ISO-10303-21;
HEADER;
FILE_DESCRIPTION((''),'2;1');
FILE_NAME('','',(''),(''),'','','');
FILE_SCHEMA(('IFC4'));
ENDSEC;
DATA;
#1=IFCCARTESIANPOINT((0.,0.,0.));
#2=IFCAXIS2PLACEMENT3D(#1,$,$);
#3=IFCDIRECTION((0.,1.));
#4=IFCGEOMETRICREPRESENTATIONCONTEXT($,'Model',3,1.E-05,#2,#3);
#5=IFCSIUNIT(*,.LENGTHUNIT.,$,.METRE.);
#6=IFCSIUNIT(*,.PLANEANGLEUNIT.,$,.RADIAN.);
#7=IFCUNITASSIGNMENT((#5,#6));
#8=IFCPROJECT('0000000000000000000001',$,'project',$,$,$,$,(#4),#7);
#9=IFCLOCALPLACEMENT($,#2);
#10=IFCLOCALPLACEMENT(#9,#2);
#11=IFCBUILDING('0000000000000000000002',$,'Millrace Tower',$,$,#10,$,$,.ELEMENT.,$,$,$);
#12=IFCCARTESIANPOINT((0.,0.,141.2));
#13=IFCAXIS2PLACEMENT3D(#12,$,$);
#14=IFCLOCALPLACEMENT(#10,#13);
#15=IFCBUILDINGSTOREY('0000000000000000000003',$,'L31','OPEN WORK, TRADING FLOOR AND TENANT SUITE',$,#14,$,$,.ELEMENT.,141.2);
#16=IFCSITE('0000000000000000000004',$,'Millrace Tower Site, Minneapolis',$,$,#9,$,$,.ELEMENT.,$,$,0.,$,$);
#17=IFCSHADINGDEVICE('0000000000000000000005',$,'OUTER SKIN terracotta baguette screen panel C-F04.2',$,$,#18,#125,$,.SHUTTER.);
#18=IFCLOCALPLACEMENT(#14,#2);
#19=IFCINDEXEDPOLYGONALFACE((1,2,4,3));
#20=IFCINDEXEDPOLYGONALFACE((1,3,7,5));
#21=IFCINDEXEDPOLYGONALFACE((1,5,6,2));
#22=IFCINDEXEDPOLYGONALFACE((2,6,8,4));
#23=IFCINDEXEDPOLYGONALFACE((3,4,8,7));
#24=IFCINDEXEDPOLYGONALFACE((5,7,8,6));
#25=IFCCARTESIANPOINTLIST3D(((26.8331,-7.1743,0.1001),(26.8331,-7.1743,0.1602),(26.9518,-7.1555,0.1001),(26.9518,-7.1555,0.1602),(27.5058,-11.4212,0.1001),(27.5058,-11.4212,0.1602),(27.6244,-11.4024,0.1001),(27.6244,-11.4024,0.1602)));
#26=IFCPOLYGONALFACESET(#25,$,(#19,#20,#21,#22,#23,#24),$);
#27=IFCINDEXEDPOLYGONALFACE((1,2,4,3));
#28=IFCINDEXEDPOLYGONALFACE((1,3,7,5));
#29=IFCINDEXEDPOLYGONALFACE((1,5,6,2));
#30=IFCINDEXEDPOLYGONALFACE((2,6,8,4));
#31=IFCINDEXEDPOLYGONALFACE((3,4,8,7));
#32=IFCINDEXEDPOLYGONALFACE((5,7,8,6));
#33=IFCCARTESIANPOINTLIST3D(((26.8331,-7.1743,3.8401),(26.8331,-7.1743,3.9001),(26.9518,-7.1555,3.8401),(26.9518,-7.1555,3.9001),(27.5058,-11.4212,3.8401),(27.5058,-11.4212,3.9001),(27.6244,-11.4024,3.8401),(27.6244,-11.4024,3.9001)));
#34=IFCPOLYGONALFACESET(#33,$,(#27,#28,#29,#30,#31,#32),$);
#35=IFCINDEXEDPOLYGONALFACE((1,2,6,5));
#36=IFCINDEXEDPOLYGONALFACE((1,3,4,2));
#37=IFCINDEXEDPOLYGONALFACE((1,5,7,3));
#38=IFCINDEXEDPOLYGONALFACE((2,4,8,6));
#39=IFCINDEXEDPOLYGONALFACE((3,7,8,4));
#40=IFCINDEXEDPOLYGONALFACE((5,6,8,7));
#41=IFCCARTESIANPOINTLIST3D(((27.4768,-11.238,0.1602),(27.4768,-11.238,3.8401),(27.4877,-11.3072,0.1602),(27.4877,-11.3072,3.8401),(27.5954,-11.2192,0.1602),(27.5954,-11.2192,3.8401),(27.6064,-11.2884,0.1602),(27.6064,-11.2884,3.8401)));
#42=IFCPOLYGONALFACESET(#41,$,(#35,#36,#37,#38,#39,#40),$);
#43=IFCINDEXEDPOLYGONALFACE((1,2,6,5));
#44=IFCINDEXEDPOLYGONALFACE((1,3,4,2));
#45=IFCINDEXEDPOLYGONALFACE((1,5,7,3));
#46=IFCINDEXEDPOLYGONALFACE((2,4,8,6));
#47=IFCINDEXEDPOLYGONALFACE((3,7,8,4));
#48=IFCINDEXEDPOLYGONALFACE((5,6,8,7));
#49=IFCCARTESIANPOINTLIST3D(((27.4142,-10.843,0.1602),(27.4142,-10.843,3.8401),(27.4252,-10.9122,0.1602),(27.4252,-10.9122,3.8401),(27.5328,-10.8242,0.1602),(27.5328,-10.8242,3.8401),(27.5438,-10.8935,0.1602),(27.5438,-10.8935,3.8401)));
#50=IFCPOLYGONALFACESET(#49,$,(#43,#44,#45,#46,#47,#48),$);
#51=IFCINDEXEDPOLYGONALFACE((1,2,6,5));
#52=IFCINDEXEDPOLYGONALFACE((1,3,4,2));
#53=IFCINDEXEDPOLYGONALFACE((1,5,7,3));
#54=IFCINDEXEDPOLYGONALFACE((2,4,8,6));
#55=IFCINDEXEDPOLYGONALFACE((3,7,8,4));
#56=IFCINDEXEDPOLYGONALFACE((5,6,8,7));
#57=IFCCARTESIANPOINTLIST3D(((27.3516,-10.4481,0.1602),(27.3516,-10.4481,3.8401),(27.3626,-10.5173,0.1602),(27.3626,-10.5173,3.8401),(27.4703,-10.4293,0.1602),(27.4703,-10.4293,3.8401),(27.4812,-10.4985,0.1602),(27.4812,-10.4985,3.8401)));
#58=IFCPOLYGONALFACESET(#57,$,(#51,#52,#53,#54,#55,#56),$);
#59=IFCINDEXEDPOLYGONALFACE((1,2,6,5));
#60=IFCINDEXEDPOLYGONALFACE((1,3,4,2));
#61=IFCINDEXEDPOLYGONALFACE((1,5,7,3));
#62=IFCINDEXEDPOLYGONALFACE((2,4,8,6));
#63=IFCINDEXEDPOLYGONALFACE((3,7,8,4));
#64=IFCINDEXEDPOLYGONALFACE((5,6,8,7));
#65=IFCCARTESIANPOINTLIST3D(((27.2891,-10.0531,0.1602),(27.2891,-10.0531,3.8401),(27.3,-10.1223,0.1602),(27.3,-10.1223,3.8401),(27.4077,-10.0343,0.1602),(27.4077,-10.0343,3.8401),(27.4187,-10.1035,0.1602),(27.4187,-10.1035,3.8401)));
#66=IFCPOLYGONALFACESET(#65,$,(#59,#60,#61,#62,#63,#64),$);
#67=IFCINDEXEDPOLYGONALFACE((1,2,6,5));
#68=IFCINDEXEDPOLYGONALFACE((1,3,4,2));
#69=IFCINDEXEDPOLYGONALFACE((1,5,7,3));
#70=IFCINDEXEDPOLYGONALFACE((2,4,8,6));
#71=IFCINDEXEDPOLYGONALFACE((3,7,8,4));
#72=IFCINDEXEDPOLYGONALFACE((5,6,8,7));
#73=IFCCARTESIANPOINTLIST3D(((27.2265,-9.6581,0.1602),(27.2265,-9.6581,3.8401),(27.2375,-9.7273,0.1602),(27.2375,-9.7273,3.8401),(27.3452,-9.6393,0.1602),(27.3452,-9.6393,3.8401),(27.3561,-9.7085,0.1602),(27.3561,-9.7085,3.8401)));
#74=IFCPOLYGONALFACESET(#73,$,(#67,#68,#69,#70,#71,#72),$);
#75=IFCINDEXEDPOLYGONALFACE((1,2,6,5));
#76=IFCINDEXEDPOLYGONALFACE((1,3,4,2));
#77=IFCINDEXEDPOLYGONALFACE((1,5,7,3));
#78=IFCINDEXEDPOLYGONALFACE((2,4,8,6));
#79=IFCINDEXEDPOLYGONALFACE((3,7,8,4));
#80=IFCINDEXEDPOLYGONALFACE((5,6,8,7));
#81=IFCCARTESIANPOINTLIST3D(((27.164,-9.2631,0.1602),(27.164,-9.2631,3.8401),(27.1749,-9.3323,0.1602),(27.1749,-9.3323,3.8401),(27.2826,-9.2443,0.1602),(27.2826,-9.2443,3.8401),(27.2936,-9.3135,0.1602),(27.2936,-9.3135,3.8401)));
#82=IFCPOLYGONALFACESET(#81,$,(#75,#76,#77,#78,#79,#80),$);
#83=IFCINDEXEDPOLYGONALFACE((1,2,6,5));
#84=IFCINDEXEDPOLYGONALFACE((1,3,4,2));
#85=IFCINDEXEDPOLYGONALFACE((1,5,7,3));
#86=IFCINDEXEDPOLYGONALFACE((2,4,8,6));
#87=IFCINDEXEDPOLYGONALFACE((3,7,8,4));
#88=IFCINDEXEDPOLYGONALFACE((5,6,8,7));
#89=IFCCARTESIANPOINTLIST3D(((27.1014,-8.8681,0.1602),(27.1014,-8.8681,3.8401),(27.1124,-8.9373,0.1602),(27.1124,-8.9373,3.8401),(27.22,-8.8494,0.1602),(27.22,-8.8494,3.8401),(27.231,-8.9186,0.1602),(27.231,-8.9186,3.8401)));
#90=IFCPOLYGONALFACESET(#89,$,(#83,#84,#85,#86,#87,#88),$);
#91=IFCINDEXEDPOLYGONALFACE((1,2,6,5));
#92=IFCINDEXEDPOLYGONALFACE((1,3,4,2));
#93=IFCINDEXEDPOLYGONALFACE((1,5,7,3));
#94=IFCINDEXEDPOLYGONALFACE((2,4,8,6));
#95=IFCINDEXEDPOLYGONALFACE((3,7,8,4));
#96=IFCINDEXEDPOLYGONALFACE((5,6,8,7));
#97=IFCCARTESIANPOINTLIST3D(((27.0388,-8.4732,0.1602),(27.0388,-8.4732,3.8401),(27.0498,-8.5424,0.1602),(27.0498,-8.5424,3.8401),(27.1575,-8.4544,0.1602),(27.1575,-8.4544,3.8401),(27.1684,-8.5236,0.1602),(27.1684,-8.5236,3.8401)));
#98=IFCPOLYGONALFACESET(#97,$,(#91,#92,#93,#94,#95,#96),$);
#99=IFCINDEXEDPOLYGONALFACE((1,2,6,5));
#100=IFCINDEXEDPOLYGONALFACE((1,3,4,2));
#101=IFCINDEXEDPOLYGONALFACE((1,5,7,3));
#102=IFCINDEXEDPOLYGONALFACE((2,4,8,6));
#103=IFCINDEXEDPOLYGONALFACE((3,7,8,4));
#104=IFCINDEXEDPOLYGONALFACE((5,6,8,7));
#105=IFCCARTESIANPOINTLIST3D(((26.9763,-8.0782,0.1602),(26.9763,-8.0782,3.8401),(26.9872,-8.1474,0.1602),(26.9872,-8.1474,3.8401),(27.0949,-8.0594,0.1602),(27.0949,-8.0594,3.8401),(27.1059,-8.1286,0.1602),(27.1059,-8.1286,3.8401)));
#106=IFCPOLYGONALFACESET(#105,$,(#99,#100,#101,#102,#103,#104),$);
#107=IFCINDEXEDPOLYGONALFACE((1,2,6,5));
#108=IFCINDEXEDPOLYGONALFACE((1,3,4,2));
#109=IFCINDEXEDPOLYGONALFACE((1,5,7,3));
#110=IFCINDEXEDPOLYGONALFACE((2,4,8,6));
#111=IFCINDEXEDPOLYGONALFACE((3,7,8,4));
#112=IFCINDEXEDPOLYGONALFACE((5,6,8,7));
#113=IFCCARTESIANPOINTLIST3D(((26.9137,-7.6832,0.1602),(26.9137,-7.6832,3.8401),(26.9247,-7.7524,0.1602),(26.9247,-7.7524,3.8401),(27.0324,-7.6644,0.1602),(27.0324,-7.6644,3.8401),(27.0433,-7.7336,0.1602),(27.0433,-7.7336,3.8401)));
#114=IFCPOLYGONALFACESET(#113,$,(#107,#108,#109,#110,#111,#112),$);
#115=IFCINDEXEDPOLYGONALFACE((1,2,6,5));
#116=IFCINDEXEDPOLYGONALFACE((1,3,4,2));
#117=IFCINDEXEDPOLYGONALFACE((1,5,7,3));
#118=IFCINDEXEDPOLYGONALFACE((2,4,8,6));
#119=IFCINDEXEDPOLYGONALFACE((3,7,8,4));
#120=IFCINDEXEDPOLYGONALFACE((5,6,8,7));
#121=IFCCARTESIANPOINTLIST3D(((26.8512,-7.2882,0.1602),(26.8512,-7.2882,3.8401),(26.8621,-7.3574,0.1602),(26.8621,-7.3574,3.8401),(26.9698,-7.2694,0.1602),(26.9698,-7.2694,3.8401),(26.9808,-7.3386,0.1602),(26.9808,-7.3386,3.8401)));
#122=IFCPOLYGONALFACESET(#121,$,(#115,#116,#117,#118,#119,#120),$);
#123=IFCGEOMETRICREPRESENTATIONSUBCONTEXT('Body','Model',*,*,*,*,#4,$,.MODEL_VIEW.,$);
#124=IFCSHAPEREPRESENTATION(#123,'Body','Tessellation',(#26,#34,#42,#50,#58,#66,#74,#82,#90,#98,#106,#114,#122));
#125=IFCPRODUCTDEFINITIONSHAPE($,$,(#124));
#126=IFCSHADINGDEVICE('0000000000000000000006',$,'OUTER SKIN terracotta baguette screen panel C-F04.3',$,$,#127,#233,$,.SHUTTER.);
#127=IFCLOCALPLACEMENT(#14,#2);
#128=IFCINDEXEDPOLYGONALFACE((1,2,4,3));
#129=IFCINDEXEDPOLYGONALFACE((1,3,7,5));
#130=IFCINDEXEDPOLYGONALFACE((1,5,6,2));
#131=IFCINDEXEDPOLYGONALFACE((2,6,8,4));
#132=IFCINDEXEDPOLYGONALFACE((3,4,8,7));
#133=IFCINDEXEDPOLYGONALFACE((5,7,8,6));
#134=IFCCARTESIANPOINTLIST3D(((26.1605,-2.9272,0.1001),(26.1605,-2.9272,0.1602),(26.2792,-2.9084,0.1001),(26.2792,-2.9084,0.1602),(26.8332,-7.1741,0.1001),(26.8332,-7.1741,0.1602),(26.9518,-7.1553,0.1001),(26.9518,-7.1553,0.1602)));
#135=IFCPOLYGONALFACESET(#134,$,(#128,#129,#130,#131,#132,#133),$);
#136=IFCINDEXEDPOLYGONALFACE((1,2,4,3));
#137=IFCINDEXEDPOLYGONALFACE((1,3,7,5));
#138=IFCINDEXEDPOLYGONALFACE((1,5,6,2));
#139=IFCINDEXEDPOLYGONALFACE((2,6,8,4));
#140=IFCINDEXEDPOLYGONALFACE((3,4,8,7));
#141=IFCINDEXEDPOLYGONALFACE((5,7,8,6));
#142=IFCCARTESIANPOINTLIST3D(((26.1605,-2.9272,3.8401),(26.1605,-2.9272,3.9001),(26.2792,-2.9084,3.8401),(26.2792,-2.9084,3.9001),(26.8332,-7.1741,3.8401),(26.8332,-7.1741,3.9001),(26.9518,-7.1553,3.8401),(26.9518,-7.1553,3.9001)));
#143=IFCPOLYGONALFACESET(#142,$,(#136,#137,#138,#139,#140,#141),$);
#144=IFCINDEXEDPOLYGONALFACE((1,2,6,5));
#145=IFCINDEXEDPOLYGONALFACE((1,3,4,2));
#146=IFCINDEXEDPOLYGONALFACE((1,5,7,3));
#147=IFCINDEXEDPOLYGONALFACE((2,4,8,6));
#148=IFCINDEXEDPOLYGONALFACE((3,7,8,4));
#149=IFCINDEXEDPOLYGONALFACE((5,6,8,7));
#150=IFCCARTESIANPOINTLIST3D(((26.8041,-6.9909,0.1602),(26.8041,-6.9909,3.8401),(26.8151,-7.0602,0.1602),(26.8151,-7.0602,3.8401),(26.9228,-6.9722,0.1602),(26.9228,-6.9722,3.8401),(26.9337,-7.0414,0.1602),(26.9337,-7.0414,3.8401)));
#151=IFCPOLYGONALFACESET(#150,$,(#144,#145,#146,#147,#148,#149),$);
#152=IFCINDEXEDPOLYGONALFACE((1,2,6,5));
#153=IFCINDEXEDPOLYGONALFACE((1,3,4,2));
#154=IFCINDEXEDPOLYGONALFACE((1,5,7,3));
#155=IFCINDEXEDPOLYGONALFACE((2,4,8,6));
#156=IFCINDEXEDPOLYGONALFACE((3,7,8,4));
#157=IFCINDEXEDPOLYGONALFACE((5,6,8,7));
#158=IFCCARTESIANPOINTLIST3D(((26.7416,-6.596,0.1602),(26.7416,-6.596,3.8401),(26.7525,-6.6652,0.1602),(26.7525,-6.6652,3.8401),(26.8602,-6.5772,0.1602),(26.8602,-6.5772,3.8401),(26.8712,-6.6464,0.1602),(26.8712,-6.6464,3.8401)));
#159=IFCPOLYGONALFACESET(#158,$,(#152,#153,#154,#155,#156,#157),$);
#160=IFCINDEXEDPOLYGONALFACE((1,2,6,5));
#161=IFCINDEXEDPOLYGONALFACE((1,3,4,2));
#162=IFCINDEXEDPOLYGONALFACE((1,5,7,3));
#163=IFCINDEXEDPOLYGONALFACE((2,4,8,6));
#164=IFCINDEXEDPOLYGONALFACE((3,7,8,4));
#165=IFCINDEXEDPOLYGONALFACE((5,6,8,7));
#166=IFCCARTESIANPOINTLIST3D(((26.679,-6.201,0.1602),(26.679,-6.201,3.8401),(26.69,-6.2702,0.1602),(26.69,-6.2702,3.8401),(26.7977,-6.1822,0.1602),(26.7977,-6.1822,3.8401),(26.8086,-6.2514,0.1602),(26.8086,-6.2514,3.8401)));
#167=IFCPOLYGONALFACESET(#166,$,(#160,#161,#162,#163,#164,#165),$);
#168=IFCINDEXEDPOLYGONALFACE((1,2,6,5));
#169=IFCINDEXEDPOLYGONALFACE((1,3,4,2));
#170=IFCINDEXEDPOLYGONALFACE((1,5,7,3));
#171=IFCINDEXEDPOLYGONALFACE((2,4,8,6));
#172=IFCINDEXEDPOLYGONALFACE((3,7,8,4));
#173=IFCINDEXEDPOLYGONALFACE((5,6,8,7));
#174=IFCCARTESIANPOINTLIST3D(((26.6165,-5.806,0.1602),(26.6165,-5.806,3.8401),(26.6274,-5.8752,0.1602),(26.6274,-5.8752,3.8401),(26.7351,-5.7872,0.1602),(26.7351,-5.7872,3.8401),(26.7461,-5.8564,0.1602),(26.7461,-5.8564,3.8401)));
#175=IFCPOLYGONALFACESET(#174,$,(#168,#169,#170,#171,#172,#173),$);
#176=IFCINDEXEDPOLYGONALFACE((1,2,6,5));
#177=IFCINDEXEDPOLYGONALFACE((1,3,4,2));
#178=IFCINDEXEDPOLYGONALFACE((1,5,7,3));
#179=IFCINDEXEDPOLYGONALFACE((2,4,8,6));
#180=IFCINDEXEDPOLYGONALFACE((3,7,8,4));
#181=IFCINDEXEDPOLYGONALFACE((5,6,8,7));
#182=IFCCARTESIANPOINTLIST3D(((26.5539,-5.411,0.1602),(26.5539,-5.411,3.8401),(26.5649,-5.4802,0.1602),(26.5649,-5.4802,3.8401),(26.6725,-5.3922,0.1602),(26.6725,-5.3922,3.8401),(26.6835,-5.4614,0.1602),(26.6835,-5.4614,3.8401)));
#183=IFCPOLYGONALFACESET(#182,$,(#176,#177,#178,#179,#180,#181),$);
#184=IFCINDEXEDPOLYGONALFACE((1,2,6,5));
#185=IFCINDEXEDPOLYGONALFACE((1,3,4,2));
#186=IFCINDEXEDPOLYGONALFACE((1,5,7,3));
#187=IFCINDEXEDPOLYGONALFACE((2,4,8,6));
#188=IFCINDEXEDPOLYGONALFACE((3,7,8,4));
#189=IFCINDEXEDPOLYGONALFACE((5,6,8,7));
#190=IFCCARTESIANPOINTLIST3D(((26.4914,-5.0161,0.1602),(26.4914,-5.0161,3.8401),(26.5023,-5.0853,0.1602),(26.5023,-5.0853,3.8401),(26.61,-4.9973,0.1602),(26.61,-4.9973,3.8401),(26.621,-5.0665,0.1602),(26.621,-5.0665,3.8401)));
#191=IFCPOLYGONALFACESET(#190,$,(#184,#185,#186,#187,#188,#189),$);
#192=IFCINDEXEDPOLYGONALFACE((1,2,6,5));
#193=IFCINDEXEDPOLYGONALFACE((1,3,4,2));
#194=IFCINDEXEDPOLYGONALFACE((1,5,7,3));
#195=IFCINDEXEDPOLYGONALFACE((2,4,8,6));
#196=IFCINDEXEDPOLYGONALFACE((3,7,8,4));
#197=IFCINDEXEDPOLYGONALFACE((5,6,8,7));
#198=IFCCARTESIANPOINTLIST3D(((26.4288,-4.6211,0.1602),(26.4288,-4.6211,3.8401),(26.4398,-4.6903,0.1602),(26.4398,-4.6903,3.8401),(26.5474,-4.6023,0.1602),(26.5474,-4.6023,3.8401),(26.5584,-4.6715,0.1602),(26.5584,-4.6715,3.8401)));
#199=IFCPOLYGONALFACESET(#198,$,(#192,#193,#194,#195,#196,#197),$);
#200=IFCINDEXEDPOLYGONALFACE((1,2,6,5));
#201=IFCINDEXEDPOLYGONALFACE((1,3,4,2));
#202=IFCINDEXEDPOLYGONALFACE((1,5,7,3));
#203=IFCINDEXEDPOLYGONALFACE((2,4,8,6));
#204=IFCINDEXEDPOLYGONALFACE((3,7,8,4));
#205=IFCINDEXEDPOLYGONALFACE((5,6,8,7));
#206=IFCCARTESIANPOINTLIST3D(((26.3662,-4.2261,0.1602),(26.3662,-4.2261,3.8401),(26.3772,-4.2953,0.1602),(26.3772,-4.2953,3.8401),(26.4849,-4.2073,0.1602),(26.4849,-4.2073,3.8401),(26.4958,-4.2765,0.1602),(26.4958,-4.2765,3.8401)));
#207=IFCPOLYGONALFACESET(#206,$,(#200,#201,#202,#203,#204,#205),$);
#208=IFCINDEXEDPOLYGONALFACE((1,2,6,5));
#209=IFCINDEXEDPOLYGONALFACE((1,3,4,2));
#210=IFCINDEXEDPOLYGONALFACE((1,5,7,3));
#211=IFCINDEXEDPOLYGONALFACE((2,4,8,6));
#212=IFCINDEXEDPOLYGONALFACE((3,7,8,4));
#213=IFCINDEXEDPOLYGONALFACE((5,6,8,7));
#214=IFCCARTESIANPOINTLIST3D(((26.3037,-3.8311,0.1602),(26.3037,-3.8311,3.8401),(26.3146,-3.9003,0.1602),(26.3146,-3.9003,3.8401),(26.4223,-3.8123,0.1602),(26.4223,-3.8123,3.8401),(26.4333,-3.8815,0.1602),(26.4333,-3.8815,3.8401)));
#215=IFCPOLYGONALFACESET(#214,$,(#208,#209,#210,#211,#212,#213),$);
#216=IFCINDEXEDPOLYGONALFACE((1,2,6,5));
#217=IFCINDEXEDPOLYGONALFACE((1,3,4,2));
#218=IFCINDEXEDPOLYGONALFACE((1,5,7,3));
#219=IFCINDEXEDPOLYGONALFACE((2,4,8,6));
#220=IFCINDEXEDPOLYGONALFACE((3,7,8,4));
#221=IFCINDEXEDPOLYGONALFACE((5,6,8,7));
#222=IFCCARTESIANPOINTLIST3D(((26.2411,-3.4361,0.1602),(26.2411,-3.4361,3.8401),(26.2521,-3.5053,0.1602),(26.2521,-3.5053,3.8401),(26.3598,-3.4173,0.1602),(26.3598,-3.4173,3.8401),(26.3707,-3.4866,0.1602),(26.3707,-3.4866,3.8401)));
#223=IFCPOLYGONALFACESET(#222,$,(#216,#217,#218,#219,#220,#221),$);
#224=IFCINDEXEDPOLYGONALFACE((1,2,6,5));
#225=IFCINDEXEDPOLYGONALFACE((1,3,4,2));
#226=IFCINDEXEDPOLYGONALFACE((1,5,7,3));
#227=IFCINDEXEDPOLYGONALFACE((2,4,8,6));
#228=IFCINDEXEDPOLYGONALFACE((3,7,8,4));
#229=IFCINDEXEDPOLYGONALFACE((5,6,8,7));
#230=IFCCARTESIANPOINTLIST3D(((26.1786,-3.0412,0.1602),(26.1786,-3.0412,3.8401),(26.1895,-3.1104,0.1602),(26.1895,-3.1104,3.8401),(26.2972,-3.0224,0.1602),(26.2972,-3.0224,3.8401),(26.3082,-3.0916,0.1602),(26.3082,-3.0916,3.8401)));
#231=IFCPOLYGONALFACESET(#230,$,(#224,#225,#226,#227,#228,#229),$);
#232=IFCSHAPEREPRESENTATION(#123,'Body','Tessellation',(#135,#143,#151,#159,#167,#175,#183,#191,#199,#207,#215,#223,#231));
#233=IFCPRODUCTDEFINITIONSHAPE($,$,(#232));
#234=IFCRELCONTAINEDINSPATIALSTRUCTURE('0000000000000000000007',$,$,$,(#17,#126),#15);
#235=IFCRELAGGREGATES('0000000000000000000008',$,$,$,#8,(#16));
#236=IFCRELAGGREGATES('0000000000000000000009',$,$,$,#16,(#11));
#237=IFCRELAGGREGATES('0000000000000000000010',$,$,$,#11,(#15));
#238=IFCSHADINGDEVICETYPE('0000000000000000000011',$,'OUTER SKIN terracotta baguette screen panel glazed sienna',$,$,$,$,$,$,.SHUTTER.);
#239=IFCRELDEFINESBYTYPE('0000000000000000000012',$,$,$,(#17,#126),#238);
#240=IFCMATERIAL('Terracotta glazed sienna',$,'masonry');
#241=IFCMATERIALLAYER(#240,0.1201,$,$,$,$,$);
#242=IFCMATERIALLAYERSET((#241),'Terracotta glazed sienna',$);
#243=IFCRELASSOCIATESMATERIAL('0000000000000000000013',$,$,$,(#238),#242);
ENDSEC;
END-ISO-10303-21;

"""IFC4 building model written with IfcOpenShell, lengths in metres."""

from ifc_helpers import new_model, entity, si_unit, direction, frame, frame_2d, origin, origin_2d, place, context, subcontext, project, spatial, rectangle, extrude, source, transform, mapped, material, layer, layer_set, type_object, element, save


model = new_model("IFC4")

# Units and contexts
model_context = context("Model", 3, precision=1e-05, world=origin(), true_north=direction((0.0, 1.0)))
body_context = subcontext(model_context, "Body", "Model", "MODEL_VIEW")
ifc_project = project(units=[si_unit("LENGTHUNIT", "METRE"), si_unit("PLANEANGLEUNIT", "RADIAN")], contexts=[model_context])

# Site, building, storey
site_placement = place(None, origin())
site = spatial("IfcSite", under=ifc_project, at=site_placement, Name="Millrace Tower Site, Minneapolis", CompositionType="ELEMENT", RefElevation=0.0)
building_placement = place(site_placement, origin())
building = spatial("IfcBuilding", under=site, at=building_placement, Name="Millrace Tower", CompositionType="ELEMENT")
storey_placement = place(building_placement, frame((0.0, 0.0, 141.2)))
storey = spatial("IfcBuildingStorey", under=building, at=storey_placement, Name="L31", Description="OPEN WORK, TRADING FLOOR AND TENANT SUITE", CompositionType="ELEMENT", Elevation=141.2)

# Shading devices
ifc_material_1 = material(Name="Terracotta glazed sienna", Category="masonry")
ifc_layer_1 = layer(ifc_material_1, 0.1201)
ifc_layer_set_1 = layer_set([ifc_layer_1], Name="Terracotta glazed sienna")
shading_device_type = type_object("IfcShadingDeviceType", Name="OUTER SKIN terracotta baguette screen panel glazed sienna", PredefinedType="SHUTTER", material=ifc_layer_set_1)
cartesian_point = entity("IfcCartesianPoint", [-2.1499, 0.0601])
shared_polyline = entity("IfcPolyline", [cartesian_point, entity("IfcCartesianPoint", [2.1499, 0.0601]), entity("IfcCartesianPoint", [2.1499, -0.0601]), entity("IfcCartesianPoint", [-2.1499, -0.0601]), cartesian_point])
shared_shape = source(origin(), body_context, "Body", "SweptSolid", [
    entity("IfcExtrudedAreaSolid", entity("IfcArbitraryClosedProfileDef", "AREA", None, shared_polyline), entity("IfcAxis2Placement3D", entity("IfcCartesianPoint", [0.0, 0.0, 0.0])), entity("IfcDirection", [0.0, 0.0, 1.0]), 0.0601),
    entity("IfcExtrudedAreaSolid", entity("IfcArbitraryClosedProfileDef", "AREA", None, shared_polyline), entity("IfcAxis2Placement3D", entity("IfcCartesianPoint", [0.0, 0.0, 3.74])), entity("IfcDirection", [0.0, 0.0, 1.0]), 0.0601),
    extrude(rectangle(XDim=0.0701, YDim=0.1201, at=frame_2d((-1.9995, 0.0))), frame((0.0, 0.0, 0.0601)), (0.0, 0.0, 1.0), 3.6799),
    extrude(rectangle(XDim=0.0701, YDim=0.1201, at=frame_2d((-1.5996, 0.0))), frame((0.0, 0.0, 0.0601)), (0.0, 0.0, 1.0), 3.6799),
    extrude(rectangle(XDim=0.0701, YDim=0.1201, at=frame_2d((-1.1997, 0.0))), frame((0.0, 0.0, 0.0601)), (0.0, 0.0, 1.0), 3.6799),
    extrude(rectangle(XDim=0.0701, YDim=0.1201, at=frame_2d((-0.7998, 0.0))), frame((0.0, 0.0, 0.0601)), (0.0, 0.0, 1.0), 3.6799),
    extrude(rectangle(XDim=0.0701, YDim=0.1201, at=frame_2d((-0.3999, 0.0))), frame((0.0, 0.0, 0.0601)), (0.0, 0.0, 1.0), 3.6799),
    extrude(rectangle(XDim=0.0701, YDim=0.1201, at=origin_2d()), frame((0.0, 0.0, 0.0601)), (0.0, 0.0, 1.0), 3.6799),
    extrude(rectangle(XDim=0.0701, YDim=0.1201, at=frame_2d((0.3999, 0.0))), frame((0.0, 0.0, 0.0601)), (0.0, 0.0, 1.0), 3.6799),
    extrude(rectangle(XDim=0.0701, YDim=0.1201, at=frame_2d((0.7998, 0.0))), frame((0.0, 0.0, 0.0601)), (0.0, 0.0, 1.0), 3.6799),
    extrude(rectangle(XDim=0.0701, YDim=0.1201, at=frame_2d((1.1997, 0.0))), frame((0.0, 0.0, 0.0601)), (0.0, 0.0, 1.0), 3.6799),
    extrude(rectangle(XDim=0.0701, YDim=0.1201, at=frame_2d((1.5996, 0.0))), frame((0.0, 0.0, 0.0601)), (0.0, 0.0, 1.0), 3.6799),
    extrude(rectangle(XDim=0.0701, YDim=0.1201, at=frame_2d((1.9995, 0.0))), frame((0.0, 0.0, 0.0601)), (0.0, 0.0, 1.0), 3.6799),
])
for number, where, z_axis, x_axis, name in (
    (1, (27.2288, -9.2883, 0.1001), (0.0, 0.0, 1.0), (-0.156434, 0.987688, 0.0), "OUTER SKIN terracotta baguette screen panel C-F04.2"),
    (2, (26.5562, -5.0413, 0.1001), (0.0, 0.0, 1.0), (-0.156434, 0.987688, 0.0), "OUTER SKIN terracotta baguette screen panel C-F04.3"),
):
    element("IfcShadingDevice", number, at=place(storey_placement, frame(where, z_axis=z_axis, x_axis=x_axis)), inside=storey, type_object=shading_device_type, Name=name, PredefinedType="SHUTTER", context=body_context, shape_type="MappedRepresentation", body=[
        mapped(shared_shape, transform((0.0, 0.0, 0.0), scale=1.0)),
    ])

save(model, "model.ifc")
